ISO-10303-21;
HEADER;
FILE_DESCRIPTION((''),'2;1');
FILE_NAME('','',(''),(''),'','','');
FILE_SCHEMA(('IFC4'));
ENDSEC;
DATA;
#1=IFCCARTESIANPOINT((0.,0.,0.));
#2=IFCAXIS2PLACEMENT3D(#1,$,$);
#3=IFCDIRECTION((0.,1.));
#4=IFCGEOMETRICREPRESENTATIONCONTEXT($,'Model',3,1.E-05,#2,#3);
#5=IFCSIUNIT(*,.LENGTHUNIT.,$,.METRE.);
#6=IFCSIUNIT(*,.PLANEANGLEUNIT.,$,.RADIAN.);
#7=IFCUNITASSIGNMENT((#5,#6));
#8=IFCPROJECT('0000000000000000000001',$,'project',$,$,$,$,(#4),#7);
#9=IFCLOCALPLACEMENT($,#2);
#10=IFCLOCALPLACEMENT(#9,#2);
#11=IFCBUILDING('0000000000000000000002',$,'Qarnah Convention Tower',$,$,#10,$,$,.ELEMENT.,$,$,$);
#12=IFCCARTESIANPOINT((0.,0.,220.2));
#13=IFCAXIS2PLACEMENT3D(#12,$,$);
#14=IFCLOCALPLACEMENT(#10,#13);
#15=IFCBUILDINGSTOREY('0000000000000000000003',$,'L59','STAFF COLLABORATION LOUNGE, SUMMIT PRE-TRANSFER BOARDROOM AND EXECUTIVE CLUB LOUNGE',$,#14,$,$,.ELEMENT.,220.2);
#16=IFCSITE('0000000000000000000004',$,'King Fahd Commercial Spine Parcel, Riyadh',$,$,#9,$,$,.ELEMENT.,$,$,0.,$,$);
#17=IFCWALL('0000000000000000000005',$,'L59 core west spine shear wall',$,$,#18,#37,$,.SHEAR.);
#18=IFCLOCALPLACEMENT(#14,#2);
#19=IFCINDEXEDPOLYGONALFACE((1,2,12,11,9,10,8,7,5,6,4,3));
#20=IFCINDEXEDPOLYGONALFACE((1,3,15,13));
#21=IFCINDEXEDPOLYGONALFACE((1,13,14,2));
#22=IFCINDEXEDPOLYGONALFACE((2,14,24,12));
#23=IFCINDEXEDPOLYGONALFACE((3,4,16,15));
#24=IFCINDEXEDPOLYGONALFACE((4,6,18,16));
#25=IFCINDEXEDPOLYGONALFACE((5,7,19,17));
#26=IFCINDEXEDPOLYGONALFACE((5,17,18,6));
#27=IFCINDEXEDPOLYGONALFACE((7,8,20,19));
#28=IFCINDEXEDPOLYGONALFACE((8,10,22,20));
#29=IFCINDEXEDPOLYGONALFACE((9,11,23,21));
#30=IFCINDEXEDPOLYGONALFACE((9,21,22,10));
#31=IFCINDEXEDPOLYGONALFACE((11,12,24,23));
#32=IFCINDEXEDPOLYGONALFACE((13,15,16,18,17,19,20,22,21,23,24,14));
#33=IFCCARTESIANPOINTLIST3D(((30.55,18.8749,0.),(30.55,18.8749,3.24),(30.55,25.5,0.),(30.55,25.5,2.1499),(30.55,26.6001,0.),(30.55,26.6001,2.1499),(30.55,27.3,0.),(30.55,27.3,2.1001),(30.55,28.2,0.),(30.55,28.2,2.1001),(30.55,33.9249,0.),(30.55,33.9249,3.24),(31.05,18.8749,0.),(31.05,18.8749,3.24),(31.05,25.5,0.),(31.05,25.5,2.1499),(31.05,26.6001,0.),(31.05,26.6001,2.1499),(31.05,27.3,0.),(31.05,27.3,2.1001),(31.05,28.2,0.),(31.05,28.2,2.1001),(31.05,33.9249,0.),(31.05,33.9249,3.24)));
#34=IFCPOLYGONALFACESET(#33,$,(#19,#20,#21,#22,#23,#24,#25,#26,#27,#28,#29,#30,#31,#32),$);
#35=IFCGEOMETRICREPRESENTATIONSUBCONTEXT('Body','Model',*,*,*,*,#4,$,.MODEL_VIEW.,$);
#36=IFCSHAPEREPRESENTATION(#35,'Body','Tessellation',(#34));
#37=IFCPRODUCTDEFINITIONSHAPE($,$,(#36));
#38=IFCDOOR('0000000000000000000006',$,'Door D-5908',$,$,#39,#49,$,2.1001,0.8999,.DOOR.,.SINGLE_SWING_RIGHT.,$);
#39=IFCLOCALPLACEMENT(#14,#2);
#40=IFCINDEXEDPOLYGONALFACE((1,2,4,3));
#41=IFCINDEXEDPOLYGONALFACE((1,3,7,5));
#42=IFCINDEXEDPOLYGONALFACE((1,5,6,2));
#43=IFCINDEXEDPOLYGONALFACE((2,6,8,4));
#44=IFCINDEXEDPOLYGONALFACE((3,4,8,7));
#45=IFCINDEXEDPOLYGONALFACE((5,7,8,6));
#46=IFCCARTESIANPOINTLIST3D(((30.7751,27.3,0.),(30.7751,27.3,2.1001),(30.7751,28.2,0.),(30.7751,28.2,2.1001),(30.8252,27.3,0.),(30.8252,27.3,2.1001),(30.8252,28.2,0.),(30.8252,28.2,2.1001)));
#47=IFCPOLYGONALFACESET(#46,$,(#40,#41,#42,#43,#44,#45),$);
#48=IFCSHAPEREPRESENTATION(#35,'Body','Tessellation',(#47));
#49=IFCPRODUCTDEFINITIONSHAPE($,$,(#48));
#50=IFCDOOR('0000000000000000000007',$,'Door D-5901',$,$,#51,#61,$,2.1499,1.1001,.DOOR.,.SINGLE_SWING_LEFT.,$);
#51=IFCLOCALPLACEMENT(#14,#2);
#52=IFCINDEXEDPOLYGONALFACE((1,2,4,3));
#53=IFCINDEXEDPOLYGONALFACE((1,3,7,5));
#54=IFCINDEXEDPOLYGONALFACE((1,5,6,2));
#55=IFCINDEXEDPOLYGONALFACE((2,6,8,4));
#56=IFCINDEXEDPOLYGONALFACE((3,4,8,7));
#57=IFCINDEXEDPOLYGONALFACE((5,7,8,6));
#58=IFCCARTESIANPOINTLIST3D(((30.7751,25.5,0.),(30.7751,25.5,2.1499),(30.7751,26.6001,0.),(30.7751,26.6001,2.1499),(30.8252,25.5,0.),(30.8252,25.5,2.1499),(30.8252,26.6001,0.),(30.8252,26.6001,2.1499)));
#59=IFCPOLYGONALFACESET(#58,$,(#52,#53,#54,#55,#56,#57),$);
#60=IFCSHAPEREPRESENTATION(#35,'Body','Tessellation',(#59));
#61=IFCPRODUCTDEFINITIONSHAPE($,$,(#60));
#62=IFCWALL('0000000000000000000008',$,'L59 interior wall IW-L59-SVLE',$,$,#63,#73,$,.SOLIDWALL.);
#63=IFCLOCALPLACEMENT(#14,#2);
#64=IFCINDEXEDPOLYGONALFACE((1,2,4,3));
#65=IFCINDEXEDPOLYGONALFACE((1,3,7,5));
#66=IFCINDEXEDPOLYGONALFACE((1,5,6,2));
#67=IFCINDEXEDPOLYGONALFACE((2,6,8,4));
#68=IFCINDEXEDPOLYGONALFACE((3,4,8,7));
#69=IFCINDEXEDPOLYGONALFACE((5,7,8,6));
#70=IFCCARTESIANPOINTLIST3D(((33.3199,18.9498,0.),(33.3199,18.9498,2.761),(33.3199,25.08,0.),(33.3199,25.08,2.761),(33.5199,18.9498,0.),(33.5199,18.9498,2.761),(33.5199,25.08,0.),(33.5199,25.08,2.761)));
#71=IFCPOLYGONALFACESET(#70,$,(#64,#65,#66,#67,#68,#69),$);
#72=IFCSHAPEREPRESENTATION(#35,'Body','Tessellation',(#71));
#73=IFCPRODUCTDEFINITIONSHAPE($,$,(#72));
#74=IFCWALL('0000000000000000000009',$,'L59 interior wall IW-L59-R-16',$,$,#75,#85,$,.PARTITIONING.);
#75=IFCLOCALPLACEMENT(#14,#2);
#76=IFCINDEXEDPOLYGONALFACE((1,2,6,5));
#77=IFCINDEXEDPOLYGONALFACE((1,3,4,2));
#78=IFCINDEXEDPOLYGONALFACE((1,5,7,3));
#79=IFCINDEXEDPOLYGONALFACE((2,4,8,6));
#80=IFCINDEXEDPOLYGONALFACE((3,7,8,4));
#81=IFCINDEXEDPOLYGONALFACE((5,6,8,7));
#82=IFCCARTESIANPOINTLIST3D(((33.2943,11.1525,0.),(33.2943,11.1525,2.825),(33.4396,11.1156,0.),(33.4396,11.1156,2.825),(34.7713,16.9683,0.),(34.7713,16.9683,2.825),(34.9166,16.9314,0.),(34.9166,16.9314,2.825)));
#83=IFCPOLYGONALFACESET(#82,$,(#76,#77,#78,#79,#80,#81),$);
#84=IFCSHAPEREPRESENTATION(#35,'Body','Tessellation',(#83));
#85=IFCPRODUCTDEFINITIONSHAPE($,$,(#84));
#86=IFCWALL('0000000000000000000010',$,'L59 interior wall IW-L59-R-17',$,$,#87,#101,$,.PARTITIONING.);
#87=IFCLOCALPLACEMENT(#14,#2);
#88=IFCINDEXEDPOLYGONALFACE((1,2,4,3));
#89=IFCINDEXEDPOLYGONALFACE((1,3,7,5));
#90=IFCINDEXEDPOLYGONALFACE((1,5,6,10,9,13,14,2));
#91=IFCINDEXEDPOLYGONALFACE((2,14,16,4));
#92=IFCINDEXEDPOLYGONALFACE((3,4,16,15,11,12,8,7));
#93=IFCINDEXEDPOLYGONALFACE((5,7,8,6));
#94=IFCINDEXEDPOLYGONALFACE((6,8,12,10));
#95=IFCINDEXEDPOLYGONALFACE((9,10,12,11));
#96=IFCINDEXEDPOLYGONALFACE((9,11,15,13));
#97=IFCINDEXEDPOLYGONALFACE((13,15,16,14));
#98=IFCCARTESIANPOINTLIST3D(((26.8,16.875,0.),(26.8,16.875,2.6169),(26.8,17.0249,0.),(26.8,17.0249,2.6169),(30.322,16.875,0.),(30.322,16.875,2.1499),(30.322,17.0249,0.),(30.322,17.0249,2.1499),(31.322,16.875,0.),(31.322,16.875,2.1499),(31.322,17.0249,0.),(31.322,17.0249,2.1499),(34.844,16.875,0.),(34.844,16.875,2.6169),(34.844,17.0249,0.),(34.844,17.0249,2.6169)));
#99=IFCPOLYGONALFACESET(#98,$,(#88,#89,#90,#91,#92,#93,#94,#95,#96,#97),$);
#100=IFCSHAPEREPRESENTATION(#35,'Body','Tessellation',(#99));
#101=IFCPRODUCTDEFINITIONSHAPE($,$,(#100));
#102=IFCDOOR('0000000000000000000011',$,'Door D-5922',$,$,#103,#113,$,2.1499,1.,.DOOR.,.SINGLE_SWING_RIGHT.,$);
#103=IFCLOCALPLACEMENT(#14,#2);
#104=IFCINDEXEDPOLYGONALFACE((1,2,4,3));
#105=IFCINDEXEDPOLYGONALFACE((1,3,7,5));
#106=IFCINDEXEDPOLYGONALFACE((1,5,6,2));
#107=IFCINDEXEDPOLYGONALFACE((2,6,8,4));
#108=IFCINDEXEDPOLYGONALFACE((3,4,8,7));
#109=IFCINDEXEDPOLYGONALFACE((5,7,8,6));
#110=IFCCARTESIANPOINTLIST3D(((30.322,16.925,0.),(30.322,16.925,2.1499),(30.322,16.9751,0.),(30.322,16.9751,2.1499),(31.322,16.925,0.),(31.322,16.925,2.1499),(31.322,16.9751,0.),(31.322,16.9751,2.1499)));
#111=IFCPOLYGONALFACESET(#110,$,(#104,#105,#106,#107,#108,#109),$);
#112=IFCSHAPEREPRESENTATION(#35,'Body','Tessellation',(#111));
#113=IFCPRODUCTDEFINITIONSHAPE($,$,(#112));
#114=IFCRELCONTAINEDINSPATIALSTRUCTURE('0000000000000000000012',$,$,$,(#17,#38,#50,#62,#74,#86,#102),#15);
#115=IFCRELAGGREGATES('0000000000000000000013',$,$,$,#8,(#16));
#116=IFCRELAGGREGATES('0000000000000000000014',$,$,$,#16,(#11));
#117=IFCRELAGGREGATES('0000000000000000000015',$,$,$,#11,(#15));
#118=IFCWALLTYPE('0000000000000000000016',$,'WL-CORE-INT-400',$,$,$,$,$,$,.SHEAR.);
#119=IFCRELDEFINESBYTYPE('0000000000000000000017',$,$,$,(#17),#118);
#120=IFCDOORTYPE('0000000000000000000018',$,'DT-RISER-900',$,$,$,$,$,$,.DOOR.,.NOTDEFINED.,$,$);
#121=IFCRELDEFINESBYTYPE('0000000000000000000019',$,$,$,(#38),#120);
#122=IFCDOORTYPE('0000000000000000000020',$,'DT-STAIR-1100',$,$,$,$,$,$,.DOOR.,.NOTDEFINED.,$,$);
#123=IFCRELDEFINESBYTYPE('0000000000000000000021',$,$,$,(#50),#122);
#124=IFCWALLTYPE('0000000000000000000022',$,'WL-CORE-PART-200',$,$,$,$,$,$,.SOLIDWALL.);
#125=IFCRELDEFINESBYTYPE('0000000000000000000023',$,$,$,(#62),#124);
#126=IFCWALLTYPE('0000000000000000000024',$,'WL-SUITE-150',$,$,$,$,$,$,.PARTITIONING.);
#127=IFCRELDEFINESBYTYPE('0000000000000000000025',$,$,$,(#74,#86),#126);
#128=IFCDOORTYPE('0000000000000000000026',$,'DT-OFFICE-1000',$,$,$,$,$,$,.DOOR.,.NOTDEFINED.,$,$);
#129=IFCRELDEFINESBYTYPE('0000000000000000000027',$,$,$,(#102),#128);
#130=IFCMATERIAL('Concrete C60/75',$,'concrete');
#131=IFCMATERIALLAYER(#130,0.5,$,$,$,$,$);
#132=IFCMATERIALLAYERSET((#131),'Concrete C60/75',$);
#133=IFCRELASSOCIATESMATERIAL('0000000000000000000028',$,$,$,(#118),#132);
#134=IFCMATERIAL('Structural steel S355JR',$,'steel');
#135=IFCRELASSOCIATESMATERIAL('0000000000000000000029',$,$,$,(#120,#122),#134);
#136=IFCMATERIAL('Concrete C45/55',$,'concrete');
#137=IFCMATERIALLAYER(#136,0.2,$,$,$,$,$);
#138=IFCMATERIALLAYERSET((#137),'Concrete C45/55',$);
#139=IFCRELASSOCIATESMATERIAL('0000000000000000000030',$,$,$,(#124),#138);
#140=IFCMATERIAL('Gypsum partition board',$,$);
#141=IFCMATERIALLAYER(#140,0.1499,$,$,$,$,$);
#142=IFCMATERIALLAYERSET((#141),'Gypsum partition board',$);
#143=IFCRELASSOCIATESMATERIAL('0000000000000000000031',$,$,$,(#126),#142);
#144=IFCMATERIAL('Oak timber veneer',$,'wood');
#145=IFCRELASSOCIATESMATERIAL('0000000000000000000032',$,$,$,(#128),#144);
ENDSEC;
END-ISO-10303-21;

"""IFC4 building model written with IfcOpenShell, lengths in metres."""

from ifc_helpers import new_model, si_unit, direction, frame, frame_2d, origin, place, context, subcontext, project, spatial, rectangle, extrude, material, layer, layer_set, type_object, element, fill, save


model = new_model("IFC4")

# Units and contexts
model_context = context("Model", 3, precision=1e-05, world=origin(), true_north=direction((0.0, 1.0)))
body_context = subcontext(model_context, "Body", "Model", "MODEL_VIEW")
ifc_project = project(units=[si_unit("LENGTHUNIT", "METRE"), si_unit("PLANEANGLEUNIT", "RADIAN")], contexts=[model_context])

# Site, building, storey
site_placement = place(None, origin())
site = spatial("IfcSite", under=ifc_project, at=site_placement, Name="King Fahd Commercial Spine Parcel, Riyadh", CompositionType="ELEMENT", RefElevation=0.0)
building_placement = place(site_placement, origin())
building = spatial("IfcBuilding", under=site, at=building_placement, Name="Qarnah Convention Tower", CompositionType="ELEMENT")
storey_placement = place(building_placement, frame((0.0, 0.0, 220.2)))
storey = spatial("IfcBuildingStorey", under=building, at=storey_placement, Name="L59", Description="STAFF COLLABORATION LOUNGE, SUMMIT PRE-TRANSFER BOARDROOM AND EXECUTIVE CLUB LOUNGE", CompositionType="ELEMENT", Elevation=220.2)

# Shared definitions
ifc_material_1 = material(Name="Structural steel S355JR", Category="steel")

# Wall, openings, doors
ifc_material_2 = material(Name="Concrete C60/75", Category="concrete")
ifc_layer_1 = layer(ifc_material_2, 0.5)
ifc_layer_set_1 = layer_set([ifc_layer_1], Name="Concrete C60/75")
wall_type_1 = type_object("IfcWallType", Name="WL-CORE-INT-400", PredefinedType="SHEAR", material=ifc_layer_set_1)
wall_1_placement = place(storey_placement, frame((30.8, 18.875, 0.0), z_axis=(0.0, 0.0, 1.0), x_axis=(0.0, 1.0, 0.0)))
wall_1 = element("IfcWall", 1, at=wall_1_placement, inside=storey, type_object=wall_type_1, Name="L59 core west spine shear wall", PredefinedType="SHEAR", context=body_context, shape_type="SweptSolid", body=[
    extrude(rectangle(XDim=15.05, YDim=0.5, at=frame_2d((7.5249, 0.0))), origin(), (0.0, 0.0, 1.0), 3.24),
])
opening_1_placement = place(wall_1_placement, frame((6.625, 0.0, 0.0)))
opening_1 = element("IfcOpeningElement", 2, at=opening_1_placement, cuts=wall_1, PredefinedType="OPENING", context=body_context, shape_type="SweptSolid", body=[
    extrude(rectangle(XDim=1.1001, YDim=2.1499, at=frame_2d((0.55, 1.075))), frame((0.0, 0.26, 0.0), z_axis=(0.0, -1.0, 0.0), x_axis=(1.0, 0.0, 0.0)), (0.0, 0.0, 1.0), 0.52),
])
opening_2_placement = place(wall_1_placement, frame((8.425, 0.0, 0.0)))
opening_2 = element("IfcOpeningElement", 3, at=opening_2_placement, cuts=wall_1, PredefinedType="OPENING", context=body_context, shape_type="SweptSolid", body=[
    extrude(rectangle(XDim=0.8999, YDim=2.1001, at=frame_2d((0.45, 1.05))), frame((0.0, 0.26, 0.0), z_axis=(0.0, -1.0, 0.0), x_axis=(1.0, 0.0, 0.0)), (0.0, 0.0, 1.0), 0.52),
])
door_type_1 = type_object("IfcDoorType", Name="DT-RISER-900", OperationType="NOTDEFINED", PredefinedType="DOOR", material=ifc_material_1)
door_1_placement = place(opening_2_placement, origin())
door_1 = element("IfcDoor", 4, at=door_1_placement, inside=storey, type_object=door_type_1, Name="Door D-5908", OperationType="SINGLE_SWING_RIGHT", OverallHeight=2.1001, OverallWidth=0.8999, PredefinedType="DOOR", context=body_context, shape_type="SweptSolid", body=[
    extrude(rectangle(XDim=0.8999, YDim=2.1001, at=frame_2d((0.45, 1.05))), frame((0.0, 0.0249, 0.0), z_axis=(0.0, -1.0, 0.0), x_axis=(1.0, 0.0, 0.0)), (0.0, 0.0, 1.0), 0.05),
])
fill(opening_2, door_1)
door_type_2 = type_object("IfcDoorType", Name="DT-STAIR-1100", OperationType="NOTDEFINED", PredefinedType="DOOR", material=ifc_material_1)
door_2_placement = place(opening_1_placement, origin())
door_2 = element("IfcDoor", 5, at=door_2_placement, inside=storey, type_object=door_type_2, Name="Door D-5901", OperationType="SINGLE_SWING_LEFT", OverallHeight=2.1499, OverallWidth=1.1001, PredefinedType="DOOR", context=body_context, shape_type="SweptSolid", body=[
    extrude(rectangle(XDim=1.1001, YDim=2.1499, at=frame_2d((0.55, 1.075))), frame((0.0, 0.0249, 0.0), z_axis=(0.0, -1.0, 0.0), x_axis=(1.0, 0.0, 0.0)), (0.0, 0.0, 1.0), 0.05),
])
fill(opening_1, door_2)

# Walls
ifc_material_3 = material(Name="Concrete C45/55", Category="concrete")
ifc_layer_2 = layer(ifc_material_3, 0.2)
ifc_layer_set_2 = layer_set([ifc_layer_2], Name="Concrete C45/55")
wall_type_2 = type_object("IfcWallType", Name="WL-CORE-PART-200", PredefinedType="SOLIDWALL", material=ifc_layer_set_2)
wall_2_placement = place(storey_placement, frame((33.4199, 18.95, 0.0), z_axis=(0.0, 0.0, 1.0), x_axis=(0.0, 1.0, 0.0)))
element("IfcWall", 6, at=wall_2_placement, inside=storey, type_object=wall_type_2, Name="L59 interior wall IW-L59-SVLE", PredefinedType="SOLIDWALL", context=body_context, shape_type="SweptSolid", body=[
    extrude(rectangle(XDim=6.1301, YDim=0.2, at=frame_2d((3.0649, 0.0))), origin(), (0.0, 0.0, 1.0), 2.761),
])
ifc_material_4 = material(Name="Gypsum partition board")
ifc_layer_3 = layer(ifc_material_4, 0.1499)
ifc_layer_set_3 = layer_set([ifc_layer_3], Name="Gypsum partition board")
wall_type_3 = type_object("IfcWallType", Name="WL-SUITE-150", PredefinedType="PARTITIONING", material=ifc_layer_set_3)
wall_3_placement = place(storey_placement, frame((33.3669, 11.134, 0.0), z_axis=(0.0, 0.0, 1.0), x_axis=(0.246153, 0.969231, 0.0)))
element("IfcWall", 7, at=wall_3_placement, inside=storey, type_object=wall_type_3, Name="L59 interior wall IW-L59-R-16", PredefinedType="PARTITIONING", context=body_context, shape_type="SweptSolid", body=[
    extrude(rectangle(XDim=6.0005, YDim=0.1499, at=frame_2d((3.0002, 0.0))), origin(), (0.0, 0.0, 1.0), 2.825),
])

# Wall, opening, door
wall_4_placement = place(storey_placement, frame((34.844, 16.95, 0.0), z_axis=(0.0, 0.0, 1.0), x_axis=(-1.0, 0.0, 0.0)))
wall_4 = element("IfcWall", 8, at=wall_4_placement, inside=storey, type_object=wall_type_3, Name="L59 interior wall IW-L59-R-17", PredefinedType="PARTITIONING", context=body_context, shape_type="SweptSolid", body=[
    extrude(rectangle(XDim=8.0439, YDim=0.1499, at=frame_2d((4.022, 0.0))), origin(), (0.0, 0.0, 1.0), 2.6169),
])
opening_3_placement = place(wall_4_placement, frame((3.522, 0.0, 0.0)))
opening_3 = element("IfcOpeningElement", 9, at=opening_3_placement, cuts=wall_4, PredefinedType="OPENING", context=body_context, shape_type="SweptSolid", body=[
    extrude(rectangle(XDim=1.0, YDim=2.1499, at=frame_2d((0.5, 1.075))), frame((0.0, 0.085, 0.0), z_axis=(0.0, -1.0, 0.0), x_axis=(1.0, 0.0, 0.0)), (0.0, 0.0, 1.0), 0.1699),
])
ifc_material_5 = material(Name="Oak timber veneer", Category="wood")
door_type_3 = type_object("IfcDoorType", Name="DT-OFFICE-1000", OperationType="NOTDEFINED", PredefinedType="DOOR", material=ifc_material_5)
door_3_placement = place(opening_3_placement, origin())
door_3 = element("IfcDoor", 10, at=door_3_placement, inside=storey, type_object=door_type_3, Name="Door D-5922", OperationType="SINGLE_SWING_RIGHT", OverallHeight=2.1499, OverallWidth=1.0, PredefinedType="DOOR", context=body_context, shape_type="SweptSolid", body=[
    extrude(rectangle(XDim=1.0, YDim=2.1499, at=frame_2d((0.5, 1.075))), frame((0.0, 0.0249, 0.0), z_axis=(0.0, -1.0, 0.0), x_axis=(1.0, 0.0, 0.0)), (0.0, 0.0, 1.0), 0.05),
])
fill(opening_3, door_3)

save(model, "model.ifc")
